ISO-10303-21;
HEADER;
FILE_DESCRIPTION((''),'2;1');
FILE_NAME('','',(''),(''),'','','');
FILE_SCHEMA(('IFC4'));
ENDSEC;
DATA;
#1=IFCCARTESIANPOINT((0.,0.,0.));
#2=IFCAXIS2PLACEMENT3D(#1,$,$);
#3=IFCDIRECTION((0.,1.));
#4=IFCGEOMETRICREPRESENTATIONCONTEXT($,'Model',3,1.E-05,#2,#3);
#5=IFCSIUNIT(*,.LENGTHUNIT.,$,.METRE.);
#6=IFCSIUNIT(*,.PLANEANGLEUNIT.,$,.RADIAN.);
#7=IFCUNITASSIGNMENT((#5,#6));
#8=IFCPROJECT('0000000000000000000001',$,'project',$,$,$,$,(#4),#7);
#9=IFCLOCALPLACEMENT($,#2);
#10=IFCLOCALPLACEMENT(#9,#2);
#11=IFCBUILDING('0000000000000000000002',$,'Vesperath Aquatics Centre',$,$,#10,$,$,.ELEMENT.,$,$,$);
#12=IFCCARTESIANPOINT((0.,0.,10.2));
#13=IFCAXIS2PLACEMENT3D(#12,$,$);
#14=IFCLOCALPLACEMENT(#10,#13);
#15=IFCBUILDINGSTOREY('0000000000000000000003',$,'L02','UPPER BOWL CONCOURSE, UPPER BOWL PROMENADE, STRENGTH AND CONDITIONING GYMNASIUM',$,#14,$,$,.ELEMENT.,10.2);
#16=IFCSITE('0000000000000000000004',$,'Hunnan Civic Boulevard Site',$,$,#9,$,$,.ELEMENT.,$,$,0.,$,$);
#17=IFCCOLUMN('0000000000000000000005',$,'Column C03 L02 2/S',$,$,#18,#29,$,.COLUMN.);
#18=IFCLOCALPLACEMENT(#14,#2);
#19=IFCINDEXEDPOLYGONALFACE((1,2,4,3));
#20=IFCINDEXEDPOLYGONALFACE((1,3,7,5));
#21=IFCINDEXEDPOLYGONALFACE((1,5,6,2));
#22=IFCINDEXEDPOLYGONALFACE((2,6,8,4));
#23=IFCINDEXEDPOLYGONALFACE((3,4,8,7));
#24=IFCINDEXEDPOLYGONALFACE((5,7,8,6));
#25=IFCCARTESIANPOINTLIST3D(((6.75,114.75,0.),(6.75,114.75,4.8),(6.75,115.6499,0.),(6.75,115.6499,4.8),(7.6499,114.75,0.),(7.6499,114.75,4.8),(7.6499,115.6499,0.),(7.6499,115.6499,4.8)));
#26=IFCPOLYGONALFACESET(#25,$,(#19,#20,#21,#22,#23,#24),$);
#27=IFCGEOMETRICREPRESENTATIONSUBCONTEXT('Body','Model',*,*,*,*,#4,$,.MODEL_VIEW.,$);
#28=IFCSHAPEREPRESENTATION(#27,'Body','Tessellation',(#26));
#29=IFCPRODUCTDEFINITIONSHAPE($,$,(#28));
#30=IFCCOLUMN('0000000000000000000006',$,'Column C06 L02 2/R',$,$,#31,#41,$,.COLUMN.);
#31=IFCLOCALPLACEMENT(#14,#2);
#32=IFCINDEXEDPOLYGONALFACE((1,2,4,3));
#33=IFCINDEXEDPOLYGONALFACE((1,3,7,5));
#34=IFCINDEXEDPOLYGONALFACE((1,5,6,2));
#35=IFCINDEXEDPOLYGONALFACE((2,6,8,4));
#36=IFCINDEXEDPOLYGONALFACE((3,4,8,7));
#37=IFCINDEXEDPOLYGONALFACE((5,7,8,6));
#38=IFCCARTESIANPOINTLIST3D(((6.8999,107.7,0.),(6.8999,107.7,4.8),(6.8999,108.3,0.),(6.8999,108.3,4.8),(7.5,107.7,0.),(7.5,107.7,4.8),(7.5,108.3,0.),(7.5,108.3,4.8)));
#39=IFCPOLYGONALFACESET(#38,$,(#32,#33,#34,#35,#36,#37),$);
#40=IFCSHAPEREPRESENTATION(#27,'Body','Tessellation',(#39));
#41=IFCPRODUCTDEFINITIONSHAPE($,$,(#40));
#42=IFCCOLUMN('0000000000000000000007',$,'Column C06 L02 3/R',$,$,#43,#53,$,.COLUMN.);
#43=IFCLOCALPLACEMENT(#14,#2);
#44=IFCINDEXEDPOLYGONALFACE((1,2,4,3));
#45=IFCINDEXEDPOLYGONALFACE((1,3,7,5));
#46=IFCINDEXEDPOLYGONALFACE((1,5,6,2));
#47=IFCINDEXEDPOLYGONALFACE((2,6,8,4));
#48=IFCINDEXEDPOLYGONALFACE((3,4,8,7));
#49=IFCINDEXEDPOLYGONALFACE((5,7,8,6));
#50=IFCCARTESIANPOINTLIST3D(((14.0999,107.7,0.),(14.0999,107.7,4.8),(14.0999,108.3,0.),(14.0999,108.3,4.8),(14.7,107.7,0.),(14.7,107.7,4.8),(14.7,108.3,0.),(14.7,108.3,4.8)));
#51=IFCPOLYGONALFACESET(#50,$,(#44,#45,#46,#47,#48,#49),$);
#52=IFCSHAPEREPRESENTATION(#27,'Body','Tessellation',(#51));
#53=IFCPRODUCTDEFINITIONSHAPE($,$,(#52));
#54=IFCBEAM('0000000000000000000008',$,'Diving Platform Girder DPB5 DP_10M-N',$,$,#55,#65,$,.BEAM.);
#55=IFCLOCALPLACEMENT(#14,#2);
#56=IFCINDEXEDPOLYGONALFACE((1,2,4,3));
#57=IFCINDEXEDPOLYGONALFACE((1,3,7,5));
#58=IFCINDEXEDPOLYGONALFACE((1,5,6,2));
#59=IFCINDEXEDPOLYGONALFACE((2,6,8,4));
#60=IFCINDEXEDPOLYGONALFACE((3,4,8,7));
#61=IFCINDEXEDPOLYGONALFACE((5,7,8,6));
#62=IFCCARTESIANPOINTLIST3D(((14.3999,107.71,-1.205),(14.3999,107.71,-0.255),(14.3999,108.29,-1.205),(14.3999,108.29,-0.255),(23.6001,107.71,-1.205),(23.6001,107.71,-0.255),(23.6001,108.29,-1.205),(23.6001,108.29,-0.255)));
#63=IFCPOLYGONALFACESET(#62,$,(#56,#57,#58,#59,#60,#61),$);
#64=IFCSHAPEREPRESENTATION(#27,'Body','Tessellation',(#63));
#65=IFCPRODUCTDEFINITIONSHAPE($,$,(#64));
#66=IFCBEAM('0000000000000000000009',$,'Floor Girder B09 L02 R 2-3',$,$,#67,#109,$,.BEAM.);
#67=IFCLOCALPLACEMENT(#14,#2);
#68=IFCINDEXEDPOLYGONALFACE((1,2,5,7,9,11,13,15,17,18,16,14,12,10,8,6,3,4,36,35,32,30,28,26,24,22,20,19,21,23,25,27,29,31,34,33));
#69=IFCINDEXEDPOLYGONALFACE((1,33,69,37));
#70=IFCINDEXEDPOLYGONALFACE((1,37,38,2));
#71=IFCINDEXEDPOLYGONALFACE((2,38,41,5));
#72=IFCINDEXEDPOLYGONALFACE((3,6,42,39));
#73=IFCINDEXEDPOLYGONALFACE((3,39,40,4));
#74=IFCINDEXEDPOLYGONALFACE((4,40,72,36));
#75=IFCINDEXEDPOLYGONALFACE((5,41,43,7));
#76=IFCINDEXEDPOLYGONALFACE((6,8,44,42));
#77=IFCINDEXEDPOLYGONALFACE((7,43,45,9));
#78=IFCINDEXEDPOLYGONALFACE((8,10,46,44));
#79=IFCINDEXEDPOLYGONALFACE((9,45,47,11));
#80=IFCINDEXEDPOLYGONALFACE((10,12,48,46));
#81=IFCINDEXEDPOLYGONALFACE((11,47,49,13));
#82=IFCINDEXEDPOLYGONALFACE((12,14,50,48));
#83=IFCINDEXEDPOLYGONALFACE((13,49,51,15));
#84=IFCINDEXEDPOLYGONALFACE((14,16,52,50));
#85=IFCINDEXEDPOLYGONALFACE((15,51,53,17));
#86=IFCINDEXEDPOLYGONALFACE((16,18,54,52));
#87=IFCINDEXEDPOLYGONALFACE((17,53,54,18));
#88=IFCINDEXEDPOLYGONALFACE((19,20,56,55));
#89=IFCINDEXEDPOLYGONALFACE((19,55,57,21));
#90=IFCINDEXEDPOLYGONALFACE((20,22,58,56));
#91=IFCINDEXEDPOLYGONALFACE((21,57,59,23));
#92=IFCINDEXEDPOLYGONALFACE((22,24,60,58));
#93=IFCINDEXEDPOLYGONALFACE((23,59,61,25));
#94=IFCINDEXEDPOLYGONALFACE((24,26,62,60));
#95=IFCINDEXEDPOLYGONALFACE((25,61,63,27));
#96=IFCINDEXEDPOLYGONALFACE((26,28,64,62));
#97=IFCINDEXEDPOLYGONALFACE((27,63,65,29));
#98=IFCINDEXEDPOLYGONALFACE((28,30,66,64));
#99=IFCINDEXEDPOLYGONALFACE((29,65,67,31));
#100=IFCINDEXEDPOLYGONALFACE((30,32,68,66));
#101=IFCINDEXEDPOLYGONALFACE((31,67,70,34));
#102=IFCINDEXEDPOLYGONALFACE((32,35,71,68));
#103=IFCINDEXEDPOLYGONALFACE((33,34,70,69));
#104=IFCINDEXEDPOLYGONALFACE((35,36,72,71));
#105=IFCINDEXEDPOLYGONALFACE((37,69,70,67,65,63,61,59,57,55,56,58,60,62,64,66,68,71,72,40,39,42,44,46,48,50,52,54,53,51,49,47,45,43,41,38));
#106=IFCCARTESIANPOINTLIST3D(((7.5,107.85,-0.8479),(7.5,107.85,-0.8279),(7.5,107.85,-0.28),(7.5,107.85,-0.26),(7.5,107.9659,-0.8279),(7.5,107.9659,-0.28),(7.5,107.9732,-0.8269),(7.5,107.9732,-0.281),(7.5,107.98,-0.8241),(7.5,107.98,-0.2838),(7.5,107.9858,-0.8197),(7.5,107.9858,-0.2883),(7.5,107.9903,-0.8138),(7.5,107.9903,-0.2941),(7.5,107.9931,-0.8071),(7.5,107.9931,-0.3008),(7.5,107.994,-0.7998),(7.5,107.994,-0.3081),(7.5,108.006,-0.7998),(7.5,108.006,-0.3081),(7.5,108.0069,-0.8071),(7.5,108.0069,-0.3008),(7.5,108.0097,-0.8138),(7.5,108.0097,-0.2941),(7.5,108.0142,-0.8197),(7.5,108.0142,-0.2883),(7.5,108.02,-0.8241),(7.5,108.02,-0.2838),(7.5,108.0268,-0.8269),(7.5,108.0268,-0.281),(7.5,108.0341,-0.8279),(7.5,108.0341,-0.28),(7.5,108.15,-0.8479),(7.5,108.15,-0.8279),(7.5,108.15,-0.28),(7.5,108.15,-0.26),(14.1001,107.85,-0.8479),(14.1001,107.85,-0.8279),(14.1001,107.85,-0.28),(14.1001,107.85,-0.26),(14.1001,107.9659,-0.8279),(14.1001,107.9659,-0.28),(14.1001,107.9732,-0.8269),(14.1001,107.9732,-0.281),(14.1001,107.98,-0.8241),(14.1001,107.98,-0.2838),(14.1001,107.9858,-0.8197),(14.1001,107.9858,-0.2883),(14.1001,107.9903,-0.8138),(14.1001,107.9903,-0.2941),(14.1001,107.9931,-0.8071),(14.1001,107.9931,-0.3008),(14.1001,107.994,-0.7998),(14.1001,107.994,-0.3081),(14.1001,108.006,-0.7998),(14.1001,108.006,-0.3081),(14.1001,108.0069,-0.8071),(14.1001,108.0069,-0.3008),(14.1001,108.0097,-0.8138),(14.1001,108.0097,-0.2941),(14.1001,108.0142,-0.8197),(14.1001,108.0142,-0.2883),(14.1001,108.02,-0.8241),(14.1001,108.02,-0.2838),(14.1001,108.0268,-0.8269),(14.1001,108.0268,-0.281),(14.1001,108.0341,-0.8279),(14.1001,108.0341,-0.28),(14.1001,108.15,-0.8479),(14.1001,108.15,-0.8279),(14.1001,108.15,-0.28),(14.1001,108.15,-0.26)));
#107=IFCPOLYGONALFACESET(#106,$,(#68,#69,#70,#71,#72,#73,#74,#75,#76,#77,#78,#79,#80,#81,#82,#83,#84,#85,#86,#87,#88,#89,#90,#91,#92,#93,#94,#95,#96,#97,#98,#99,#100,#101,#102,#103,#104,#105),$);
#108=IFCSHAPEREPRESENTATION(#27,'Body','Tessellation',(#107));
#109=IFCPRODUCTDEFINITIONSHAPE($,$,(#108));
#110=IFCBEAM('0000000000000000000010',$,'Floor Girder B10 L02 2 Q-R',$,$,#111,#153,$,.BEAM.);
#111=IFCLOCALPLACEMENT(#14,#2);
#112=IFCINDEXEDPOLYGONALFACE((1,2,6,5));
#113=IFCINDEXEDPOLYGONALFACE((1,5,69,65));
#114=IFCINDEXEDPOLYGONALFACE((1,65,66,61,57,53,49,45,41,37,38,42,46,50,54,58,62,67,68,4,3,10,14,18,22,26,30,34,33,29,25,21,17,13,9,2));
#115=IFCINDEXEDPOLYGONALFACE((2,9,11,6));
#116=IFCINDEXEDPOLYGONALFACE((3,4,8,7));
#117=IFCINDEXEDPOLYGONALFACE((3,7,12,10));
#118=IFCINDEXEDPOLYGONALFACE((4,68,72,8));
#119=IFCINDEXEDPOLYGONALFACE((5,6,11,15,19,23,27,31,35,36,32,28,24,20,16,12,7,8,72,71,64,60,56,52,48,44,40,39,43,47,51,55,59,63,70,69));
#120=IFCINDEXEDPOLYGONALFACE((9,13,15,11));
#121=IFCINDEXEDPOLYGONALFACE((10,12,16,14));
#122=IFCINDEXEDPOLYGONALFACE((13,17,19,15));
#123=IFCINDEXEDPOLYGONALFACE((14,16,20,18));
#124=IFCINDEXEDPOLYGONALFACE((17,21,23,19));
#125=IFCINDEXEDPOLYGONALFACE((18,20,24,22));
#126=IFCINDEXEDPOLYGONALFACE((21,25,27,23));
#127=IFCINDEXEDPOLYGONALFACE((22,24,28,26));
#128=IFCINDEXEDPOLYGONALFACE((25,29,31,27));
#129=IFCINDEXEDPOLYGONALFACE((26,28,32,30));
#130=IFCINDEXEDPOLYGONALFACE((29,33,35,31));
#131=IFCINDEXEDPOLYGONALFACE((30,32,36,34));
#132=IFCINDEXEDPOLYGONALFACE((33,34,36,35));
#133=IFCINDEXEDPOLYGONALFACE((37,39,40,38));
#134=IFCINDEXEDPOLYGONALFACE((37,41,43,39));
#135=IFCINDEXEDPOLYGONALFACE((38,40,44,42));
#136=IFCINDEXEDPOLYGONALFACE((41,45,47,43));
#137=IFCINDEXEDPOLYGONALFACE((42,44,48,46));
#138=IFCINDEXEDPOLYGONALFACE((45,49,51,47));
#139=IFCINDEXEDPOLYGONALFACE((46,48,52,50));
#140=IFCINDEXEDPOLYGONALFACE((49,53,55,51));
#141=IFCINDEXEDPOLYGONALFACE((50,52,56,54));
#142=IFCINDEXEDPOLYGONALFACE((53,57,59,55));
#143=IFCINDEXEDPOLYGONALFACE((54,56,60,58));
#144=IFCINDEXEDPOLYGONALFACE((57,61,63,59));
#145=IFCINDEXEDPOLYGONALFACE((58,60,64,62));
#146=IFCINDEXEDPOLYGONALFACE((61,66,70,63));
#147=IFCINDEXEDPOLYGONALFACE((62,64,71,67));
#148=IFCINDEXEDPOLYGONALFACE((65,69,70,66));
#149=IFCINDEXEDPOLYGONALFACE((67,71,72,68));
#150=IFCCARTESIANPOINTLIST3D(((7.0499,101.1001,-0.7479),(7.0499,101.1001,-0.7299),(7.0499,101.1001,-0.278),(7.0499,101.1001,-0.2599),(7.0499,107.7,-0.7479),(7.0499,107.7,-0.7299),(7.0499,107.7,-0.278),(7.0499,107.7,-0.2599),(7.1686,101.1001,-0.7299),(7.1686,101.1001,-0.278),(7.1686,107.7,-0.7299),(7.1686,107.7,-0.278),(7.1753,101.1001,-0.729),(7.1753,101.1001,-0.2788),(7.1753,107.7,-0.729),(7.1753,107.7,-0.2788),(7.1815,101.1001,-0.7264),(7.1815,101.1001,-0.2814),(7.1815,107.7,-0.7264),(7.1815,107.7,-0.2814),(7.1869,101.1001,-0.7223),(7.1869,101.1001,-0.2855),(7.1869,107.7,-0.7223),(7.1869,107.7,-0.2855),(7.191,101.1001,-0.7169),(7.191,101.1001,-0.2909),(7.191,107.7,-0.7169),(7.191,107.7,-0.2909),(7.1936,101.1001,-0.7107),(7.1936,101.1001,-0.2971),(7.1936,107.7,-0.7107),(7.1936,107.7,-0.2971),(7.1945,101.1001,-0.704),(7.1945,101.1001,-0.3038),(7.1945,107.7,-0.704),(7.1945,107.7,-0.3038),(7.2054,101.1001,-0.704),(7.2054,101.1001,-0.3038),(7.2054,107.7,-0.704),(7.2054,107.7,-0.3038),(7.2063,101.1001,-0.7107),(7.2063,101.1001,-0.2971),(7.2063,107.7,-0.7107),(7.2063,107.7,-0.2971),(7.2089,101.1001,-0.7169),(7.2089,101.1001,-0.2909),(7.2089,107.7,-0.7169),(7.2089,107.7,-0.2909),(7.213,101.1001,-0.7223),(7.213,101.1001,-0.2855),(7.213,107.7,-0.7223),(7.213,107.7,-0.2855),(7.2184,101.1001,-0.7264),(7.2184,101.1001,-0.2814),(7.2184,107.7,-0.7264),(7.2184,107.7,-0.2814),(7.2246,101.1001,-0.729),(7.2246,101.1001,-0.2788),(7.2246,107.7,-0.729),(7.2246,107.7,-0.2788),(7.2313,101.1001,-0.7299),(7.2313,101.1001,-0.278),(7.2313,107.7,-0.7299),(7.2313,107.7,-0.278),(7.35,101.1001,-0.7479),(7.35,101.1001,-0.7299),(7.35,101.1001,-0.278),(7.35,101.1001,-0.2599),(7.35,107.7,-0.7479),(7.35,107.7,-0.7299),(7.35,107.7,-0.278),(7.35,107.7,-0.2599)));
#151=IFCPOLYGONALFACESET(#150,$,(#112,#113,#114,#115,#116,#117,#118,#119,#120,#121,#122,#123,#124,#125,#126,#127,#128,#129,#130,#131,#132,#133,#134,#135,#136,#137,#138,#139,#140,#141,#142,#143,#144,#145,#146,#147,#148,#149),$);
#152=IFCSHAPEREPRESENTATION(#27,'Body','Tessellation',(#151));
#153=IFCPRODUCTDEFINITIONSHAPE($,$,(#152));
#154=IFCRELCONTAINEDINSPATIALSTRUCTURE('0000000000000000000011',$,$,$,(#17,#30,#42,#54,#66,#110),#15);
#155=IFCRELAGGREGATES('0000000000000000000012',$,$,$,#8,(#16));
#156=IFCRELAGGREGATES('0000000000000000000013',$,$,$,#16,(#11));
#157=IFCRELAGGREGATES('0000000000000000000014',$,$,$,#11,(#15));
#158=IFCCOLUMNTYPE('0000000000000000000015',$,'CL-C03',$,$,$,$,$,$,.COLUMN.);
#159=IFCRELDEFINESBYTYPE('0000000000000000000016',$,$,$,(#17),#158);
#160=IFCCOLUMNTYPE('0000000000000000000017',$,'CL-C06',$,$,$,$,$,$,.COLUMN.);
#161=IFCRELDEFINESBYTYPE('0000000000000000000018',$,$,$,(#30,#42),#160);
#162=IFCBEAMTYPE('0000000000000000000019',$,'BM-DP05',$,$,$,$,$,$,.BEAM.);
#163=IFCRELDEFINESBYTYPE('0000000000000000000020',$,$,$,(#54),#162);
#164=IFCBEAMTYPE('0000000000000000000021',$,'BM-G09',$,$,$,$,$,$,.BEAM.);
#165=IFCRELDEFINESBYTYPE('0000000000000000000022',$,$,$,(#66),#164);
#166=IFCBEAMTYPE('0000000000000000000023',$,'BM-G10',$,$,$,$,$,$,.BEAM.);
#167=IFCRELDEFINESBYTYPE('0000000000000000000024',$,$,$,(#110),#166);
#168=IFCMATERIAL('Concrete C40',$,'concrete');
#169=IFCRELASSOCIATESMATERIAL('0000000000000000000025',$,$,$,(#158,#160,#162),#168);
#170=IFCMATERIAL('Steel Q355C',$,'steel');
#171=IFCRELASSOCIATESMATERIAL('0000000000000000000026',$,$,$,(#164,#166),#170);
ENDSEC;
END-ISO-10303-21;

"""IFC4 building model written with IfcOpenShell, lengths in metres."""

from ifc_helpers import new_model, si_unit, direction, frame, origin, origin_2d, place, context, subcontext, project, spatial, rectangle, i_section, extrude, material, material_profile, profile_set, type_object, element, save


model = new_model("IFC4")

# Units and contexts
model_context = context("Model", 3, precision=1e-05, world=origin(), true_north=direction((0.0, 1.0)))
body_context = subcontext(model_context, "Body", "Model", "MODEL_VIEW")
ifc_project = project(units=[si_unit("LENGTHUNIT", "METRE"), si_unit("PLANEANGLEUNIT", "RADIAN")], contexts=[model_context])

# Site, building, storey
site_placement = place(None, origin())
site = spatial("IfcSite", under=ifc_project, at=site_placement, Name="Hunnan Civic Boulevard Site", CompositionType="ELEMENT", RefElevation=0.0)
building_placement = place(site_placement, origin())
building = spatial("IfcBuilding", under=site, at=building_placement, Name="Vesperath Aquatics Centre", CompositionType="ELEMENT")
storey_placement = place(building_placement, frame((0.0, 0.0, 10.2)))
storey = spatial("IfcBuildingStorey", under=building, at=storey_placement, Name="L02", Description="UPPER BOWL CONCOURSE, UPPER BOWL PROMENADE, STRENGTH AND CONDITIONING GYMNASIUM", CompositionType="ELEMENT", Elevation=10.2)

# Columns
ifc_material_1 = material(Name="Concrete C40", Category="concrete")
ifc_material_profile_1 = material_profile(ifc_material_1, rectangle(XDim=0.8999, YDim=0.8999, at=origin_2d()), Name="RC 900x900")
ifc_profile_set_1 = profile_set([ifc_material_profile_1], Name="Concrete C40")
column_type_1 = type_object("IfcColumnType", Name="CL-C03", PredefinedType="COLUMN", material=ifc_profile_set_1)
column_placement = place(storey_placement, frame((7.2, 115.2, 0.0), z_axis=(0.0, 0.0, 1.0), x_axis=(1.0, 0.0, 0.0)))
element("IfcColumn", 1, at=column_placement, inside=storey, type_object=column_type_1, Name="Column C03 L02 2/S", PredefinedType="COLUMN", context=body_context, shape_type="SweptSolid", body=[
    extrude(rectangle(XDim=0.8999, YDim=0.8999, at=origin_2d()), origin(), (0.0, 0.0, 1.0), 4.8),
])
ifc_material_profile_2 = material_profile(ifc_material_1, rectangle(XDim=0.6001, YDim=0.6001, at=origin_2d()), Name="RC 600x600")
ifc_profile_set_2 = profile_set([ifc_material_profile_2], Name="Concrete C40")
column_type_2 = type_object("IfcColumnType", Name="CL-C06", PredefinedType="COLUMN", material=ifc_profile_set_2)
for number, where, z_axis, x_axis, name in (
    (2, (7.2, 108.0, 0.0), (0.0, 0.0, 1.0), (1.0, 0.0, 0.0), "Column C06 L02 2/R"),
    (3, (14.3999, 108.0, 0.0), (0.0, 0.0, 1.0), (1.0, 0.0, 0.0), "Column C06 L02 3/R"),
):
    element("IfcColumn", number, at=place(storey_placement, frame(where, z_axis=z_axis, x_axis=x_axis)), inside=storey, type_object=column_type_2, Name=name, PredefinedType="COLUMN", context=body_context, shape_type="SweptSolid", body=[
        extrude(rectangle(XDim=0.6001, YDim=0.6001, at=origin_2d()), origin(), (0.0, 0.0, 1.0), 4.8),
    ])

# Beams
ifc_material_profile_3 = material_profile(ifc_material_1, rectangle(XDim=0.5801, YDim=0.95, at=origin_2d()), Name="RC 580x950")
ifc_profile_set_3 = profile_set([ifc_material_profile_3], Name="Concrete C40")
beam_type_1 = type_object("IfcBeamType", Name="BM-DP05", PredefinedType="BEAM", material=ifc_profile_set_3)
beam_1_placement = place(storey_placement, frame((14.3999, 108.0, -0.73), z_axis=(1.0, 0.0, 0.0), x_axis=(0.0, 1.0, 0.0)))
element("IfcBeam", 4, at=beam_1_placement, inside=storey, type_object=beam_type_1, Name="Diving Platform Girder DPB5 DP_10M-N", PredefinedType="BEAM", context=body_context, shape_type="SweptSolid", body=[
    extrude(rectangle(XDim=0.5801, YDim=0.95, at=origin_2d()), origin(), (0.0, 0.0, 1.0), 9.2002),
])
ifc_material_2 = material(Name="Steel Q355C", Category="steel")
ifc_material_profile_4 = material_profile(ifc_material_2, i_section(OverallWidth=0.3, OverallDepth=0.5879, WebThickness=0.012, FlangeThickness=0.02, FilletRadius=0.0281, at=origin_2d()), Name="HM 588x300x12x20")
ifc_profile_set_4 = profile_set([ifc_material_profile_4], Name="Steel Q355C")
beam_type_2 = type_object("IfcBeamType", Name="BM-G09", PredefinedType="BEAM", material=ifc_profile_set_4)
beam_2_placement = place(storey_placement, frame((7.5, 108.0, -0.554), z_axis=(1.0, 0.0, 0.0), x_axis=(0.0, 1.0, 0.0)))
element("IfcBeam", 5, at=beam_2_placement, inside=storey, type_object=beam_type_2, Name="Floor Girder B09 L02 R 2-3", PredefinedType="BEAM", context=body_context, shape_type="SweptSolid", body=[
    extrude(i_section(OverallWidth=0.3, OverallDepth=0.5879, WebThickness=0.012, FlangeThickness=0.02, FilletRadius=0.0281, at=origin_2d()), origin(), (0.0, 0.0, 1.0), 6.6001),
])
ifc_material_profile_5 = material_profile(ifc_material_2, i_section(OverallWidth=0.3, OverallDepth=0.488, WebThickness=0.011, FlangeThickness=0.0181, FilletRadius=0.0259, at=origin_2d()), Name="HM 488x300x11x18")
ifc_profile_set_5 = profile_set([ifc_material_profile_5], Name="Steel Q355C")
beam_type_3 = type_object("IfcBeamType", Name="BM-G10", PredefinedType="BEAM", material=ifc_profile_set_5)
beam_3_placement = place(storey_placement, frame((7.2, 101.1001, -0.5039), z_axis=(0.0, 1.0, 0.0), x_axis=(-1.0, 0.0, 0.0)))
element("IfcBeam", 6, at=beam_3_placement, inside=storey, type_object=beam_type_3, Name="Floor Girder B10 L02 2 Q-R", PredefinedType="BEAM", context=body_context, shape_type="SweptSolid", body=[
    extrude(i_section(OverallWidth=0.3, OverallDepth=0.488, WebThickness=0.011, FlangeThickness=0.0181, FilletRadius=0.0259, at=origin_2d()), origin(), (0.0, 0.0, 1.0), 6.5999),
])

save(model, "model.ifc")
